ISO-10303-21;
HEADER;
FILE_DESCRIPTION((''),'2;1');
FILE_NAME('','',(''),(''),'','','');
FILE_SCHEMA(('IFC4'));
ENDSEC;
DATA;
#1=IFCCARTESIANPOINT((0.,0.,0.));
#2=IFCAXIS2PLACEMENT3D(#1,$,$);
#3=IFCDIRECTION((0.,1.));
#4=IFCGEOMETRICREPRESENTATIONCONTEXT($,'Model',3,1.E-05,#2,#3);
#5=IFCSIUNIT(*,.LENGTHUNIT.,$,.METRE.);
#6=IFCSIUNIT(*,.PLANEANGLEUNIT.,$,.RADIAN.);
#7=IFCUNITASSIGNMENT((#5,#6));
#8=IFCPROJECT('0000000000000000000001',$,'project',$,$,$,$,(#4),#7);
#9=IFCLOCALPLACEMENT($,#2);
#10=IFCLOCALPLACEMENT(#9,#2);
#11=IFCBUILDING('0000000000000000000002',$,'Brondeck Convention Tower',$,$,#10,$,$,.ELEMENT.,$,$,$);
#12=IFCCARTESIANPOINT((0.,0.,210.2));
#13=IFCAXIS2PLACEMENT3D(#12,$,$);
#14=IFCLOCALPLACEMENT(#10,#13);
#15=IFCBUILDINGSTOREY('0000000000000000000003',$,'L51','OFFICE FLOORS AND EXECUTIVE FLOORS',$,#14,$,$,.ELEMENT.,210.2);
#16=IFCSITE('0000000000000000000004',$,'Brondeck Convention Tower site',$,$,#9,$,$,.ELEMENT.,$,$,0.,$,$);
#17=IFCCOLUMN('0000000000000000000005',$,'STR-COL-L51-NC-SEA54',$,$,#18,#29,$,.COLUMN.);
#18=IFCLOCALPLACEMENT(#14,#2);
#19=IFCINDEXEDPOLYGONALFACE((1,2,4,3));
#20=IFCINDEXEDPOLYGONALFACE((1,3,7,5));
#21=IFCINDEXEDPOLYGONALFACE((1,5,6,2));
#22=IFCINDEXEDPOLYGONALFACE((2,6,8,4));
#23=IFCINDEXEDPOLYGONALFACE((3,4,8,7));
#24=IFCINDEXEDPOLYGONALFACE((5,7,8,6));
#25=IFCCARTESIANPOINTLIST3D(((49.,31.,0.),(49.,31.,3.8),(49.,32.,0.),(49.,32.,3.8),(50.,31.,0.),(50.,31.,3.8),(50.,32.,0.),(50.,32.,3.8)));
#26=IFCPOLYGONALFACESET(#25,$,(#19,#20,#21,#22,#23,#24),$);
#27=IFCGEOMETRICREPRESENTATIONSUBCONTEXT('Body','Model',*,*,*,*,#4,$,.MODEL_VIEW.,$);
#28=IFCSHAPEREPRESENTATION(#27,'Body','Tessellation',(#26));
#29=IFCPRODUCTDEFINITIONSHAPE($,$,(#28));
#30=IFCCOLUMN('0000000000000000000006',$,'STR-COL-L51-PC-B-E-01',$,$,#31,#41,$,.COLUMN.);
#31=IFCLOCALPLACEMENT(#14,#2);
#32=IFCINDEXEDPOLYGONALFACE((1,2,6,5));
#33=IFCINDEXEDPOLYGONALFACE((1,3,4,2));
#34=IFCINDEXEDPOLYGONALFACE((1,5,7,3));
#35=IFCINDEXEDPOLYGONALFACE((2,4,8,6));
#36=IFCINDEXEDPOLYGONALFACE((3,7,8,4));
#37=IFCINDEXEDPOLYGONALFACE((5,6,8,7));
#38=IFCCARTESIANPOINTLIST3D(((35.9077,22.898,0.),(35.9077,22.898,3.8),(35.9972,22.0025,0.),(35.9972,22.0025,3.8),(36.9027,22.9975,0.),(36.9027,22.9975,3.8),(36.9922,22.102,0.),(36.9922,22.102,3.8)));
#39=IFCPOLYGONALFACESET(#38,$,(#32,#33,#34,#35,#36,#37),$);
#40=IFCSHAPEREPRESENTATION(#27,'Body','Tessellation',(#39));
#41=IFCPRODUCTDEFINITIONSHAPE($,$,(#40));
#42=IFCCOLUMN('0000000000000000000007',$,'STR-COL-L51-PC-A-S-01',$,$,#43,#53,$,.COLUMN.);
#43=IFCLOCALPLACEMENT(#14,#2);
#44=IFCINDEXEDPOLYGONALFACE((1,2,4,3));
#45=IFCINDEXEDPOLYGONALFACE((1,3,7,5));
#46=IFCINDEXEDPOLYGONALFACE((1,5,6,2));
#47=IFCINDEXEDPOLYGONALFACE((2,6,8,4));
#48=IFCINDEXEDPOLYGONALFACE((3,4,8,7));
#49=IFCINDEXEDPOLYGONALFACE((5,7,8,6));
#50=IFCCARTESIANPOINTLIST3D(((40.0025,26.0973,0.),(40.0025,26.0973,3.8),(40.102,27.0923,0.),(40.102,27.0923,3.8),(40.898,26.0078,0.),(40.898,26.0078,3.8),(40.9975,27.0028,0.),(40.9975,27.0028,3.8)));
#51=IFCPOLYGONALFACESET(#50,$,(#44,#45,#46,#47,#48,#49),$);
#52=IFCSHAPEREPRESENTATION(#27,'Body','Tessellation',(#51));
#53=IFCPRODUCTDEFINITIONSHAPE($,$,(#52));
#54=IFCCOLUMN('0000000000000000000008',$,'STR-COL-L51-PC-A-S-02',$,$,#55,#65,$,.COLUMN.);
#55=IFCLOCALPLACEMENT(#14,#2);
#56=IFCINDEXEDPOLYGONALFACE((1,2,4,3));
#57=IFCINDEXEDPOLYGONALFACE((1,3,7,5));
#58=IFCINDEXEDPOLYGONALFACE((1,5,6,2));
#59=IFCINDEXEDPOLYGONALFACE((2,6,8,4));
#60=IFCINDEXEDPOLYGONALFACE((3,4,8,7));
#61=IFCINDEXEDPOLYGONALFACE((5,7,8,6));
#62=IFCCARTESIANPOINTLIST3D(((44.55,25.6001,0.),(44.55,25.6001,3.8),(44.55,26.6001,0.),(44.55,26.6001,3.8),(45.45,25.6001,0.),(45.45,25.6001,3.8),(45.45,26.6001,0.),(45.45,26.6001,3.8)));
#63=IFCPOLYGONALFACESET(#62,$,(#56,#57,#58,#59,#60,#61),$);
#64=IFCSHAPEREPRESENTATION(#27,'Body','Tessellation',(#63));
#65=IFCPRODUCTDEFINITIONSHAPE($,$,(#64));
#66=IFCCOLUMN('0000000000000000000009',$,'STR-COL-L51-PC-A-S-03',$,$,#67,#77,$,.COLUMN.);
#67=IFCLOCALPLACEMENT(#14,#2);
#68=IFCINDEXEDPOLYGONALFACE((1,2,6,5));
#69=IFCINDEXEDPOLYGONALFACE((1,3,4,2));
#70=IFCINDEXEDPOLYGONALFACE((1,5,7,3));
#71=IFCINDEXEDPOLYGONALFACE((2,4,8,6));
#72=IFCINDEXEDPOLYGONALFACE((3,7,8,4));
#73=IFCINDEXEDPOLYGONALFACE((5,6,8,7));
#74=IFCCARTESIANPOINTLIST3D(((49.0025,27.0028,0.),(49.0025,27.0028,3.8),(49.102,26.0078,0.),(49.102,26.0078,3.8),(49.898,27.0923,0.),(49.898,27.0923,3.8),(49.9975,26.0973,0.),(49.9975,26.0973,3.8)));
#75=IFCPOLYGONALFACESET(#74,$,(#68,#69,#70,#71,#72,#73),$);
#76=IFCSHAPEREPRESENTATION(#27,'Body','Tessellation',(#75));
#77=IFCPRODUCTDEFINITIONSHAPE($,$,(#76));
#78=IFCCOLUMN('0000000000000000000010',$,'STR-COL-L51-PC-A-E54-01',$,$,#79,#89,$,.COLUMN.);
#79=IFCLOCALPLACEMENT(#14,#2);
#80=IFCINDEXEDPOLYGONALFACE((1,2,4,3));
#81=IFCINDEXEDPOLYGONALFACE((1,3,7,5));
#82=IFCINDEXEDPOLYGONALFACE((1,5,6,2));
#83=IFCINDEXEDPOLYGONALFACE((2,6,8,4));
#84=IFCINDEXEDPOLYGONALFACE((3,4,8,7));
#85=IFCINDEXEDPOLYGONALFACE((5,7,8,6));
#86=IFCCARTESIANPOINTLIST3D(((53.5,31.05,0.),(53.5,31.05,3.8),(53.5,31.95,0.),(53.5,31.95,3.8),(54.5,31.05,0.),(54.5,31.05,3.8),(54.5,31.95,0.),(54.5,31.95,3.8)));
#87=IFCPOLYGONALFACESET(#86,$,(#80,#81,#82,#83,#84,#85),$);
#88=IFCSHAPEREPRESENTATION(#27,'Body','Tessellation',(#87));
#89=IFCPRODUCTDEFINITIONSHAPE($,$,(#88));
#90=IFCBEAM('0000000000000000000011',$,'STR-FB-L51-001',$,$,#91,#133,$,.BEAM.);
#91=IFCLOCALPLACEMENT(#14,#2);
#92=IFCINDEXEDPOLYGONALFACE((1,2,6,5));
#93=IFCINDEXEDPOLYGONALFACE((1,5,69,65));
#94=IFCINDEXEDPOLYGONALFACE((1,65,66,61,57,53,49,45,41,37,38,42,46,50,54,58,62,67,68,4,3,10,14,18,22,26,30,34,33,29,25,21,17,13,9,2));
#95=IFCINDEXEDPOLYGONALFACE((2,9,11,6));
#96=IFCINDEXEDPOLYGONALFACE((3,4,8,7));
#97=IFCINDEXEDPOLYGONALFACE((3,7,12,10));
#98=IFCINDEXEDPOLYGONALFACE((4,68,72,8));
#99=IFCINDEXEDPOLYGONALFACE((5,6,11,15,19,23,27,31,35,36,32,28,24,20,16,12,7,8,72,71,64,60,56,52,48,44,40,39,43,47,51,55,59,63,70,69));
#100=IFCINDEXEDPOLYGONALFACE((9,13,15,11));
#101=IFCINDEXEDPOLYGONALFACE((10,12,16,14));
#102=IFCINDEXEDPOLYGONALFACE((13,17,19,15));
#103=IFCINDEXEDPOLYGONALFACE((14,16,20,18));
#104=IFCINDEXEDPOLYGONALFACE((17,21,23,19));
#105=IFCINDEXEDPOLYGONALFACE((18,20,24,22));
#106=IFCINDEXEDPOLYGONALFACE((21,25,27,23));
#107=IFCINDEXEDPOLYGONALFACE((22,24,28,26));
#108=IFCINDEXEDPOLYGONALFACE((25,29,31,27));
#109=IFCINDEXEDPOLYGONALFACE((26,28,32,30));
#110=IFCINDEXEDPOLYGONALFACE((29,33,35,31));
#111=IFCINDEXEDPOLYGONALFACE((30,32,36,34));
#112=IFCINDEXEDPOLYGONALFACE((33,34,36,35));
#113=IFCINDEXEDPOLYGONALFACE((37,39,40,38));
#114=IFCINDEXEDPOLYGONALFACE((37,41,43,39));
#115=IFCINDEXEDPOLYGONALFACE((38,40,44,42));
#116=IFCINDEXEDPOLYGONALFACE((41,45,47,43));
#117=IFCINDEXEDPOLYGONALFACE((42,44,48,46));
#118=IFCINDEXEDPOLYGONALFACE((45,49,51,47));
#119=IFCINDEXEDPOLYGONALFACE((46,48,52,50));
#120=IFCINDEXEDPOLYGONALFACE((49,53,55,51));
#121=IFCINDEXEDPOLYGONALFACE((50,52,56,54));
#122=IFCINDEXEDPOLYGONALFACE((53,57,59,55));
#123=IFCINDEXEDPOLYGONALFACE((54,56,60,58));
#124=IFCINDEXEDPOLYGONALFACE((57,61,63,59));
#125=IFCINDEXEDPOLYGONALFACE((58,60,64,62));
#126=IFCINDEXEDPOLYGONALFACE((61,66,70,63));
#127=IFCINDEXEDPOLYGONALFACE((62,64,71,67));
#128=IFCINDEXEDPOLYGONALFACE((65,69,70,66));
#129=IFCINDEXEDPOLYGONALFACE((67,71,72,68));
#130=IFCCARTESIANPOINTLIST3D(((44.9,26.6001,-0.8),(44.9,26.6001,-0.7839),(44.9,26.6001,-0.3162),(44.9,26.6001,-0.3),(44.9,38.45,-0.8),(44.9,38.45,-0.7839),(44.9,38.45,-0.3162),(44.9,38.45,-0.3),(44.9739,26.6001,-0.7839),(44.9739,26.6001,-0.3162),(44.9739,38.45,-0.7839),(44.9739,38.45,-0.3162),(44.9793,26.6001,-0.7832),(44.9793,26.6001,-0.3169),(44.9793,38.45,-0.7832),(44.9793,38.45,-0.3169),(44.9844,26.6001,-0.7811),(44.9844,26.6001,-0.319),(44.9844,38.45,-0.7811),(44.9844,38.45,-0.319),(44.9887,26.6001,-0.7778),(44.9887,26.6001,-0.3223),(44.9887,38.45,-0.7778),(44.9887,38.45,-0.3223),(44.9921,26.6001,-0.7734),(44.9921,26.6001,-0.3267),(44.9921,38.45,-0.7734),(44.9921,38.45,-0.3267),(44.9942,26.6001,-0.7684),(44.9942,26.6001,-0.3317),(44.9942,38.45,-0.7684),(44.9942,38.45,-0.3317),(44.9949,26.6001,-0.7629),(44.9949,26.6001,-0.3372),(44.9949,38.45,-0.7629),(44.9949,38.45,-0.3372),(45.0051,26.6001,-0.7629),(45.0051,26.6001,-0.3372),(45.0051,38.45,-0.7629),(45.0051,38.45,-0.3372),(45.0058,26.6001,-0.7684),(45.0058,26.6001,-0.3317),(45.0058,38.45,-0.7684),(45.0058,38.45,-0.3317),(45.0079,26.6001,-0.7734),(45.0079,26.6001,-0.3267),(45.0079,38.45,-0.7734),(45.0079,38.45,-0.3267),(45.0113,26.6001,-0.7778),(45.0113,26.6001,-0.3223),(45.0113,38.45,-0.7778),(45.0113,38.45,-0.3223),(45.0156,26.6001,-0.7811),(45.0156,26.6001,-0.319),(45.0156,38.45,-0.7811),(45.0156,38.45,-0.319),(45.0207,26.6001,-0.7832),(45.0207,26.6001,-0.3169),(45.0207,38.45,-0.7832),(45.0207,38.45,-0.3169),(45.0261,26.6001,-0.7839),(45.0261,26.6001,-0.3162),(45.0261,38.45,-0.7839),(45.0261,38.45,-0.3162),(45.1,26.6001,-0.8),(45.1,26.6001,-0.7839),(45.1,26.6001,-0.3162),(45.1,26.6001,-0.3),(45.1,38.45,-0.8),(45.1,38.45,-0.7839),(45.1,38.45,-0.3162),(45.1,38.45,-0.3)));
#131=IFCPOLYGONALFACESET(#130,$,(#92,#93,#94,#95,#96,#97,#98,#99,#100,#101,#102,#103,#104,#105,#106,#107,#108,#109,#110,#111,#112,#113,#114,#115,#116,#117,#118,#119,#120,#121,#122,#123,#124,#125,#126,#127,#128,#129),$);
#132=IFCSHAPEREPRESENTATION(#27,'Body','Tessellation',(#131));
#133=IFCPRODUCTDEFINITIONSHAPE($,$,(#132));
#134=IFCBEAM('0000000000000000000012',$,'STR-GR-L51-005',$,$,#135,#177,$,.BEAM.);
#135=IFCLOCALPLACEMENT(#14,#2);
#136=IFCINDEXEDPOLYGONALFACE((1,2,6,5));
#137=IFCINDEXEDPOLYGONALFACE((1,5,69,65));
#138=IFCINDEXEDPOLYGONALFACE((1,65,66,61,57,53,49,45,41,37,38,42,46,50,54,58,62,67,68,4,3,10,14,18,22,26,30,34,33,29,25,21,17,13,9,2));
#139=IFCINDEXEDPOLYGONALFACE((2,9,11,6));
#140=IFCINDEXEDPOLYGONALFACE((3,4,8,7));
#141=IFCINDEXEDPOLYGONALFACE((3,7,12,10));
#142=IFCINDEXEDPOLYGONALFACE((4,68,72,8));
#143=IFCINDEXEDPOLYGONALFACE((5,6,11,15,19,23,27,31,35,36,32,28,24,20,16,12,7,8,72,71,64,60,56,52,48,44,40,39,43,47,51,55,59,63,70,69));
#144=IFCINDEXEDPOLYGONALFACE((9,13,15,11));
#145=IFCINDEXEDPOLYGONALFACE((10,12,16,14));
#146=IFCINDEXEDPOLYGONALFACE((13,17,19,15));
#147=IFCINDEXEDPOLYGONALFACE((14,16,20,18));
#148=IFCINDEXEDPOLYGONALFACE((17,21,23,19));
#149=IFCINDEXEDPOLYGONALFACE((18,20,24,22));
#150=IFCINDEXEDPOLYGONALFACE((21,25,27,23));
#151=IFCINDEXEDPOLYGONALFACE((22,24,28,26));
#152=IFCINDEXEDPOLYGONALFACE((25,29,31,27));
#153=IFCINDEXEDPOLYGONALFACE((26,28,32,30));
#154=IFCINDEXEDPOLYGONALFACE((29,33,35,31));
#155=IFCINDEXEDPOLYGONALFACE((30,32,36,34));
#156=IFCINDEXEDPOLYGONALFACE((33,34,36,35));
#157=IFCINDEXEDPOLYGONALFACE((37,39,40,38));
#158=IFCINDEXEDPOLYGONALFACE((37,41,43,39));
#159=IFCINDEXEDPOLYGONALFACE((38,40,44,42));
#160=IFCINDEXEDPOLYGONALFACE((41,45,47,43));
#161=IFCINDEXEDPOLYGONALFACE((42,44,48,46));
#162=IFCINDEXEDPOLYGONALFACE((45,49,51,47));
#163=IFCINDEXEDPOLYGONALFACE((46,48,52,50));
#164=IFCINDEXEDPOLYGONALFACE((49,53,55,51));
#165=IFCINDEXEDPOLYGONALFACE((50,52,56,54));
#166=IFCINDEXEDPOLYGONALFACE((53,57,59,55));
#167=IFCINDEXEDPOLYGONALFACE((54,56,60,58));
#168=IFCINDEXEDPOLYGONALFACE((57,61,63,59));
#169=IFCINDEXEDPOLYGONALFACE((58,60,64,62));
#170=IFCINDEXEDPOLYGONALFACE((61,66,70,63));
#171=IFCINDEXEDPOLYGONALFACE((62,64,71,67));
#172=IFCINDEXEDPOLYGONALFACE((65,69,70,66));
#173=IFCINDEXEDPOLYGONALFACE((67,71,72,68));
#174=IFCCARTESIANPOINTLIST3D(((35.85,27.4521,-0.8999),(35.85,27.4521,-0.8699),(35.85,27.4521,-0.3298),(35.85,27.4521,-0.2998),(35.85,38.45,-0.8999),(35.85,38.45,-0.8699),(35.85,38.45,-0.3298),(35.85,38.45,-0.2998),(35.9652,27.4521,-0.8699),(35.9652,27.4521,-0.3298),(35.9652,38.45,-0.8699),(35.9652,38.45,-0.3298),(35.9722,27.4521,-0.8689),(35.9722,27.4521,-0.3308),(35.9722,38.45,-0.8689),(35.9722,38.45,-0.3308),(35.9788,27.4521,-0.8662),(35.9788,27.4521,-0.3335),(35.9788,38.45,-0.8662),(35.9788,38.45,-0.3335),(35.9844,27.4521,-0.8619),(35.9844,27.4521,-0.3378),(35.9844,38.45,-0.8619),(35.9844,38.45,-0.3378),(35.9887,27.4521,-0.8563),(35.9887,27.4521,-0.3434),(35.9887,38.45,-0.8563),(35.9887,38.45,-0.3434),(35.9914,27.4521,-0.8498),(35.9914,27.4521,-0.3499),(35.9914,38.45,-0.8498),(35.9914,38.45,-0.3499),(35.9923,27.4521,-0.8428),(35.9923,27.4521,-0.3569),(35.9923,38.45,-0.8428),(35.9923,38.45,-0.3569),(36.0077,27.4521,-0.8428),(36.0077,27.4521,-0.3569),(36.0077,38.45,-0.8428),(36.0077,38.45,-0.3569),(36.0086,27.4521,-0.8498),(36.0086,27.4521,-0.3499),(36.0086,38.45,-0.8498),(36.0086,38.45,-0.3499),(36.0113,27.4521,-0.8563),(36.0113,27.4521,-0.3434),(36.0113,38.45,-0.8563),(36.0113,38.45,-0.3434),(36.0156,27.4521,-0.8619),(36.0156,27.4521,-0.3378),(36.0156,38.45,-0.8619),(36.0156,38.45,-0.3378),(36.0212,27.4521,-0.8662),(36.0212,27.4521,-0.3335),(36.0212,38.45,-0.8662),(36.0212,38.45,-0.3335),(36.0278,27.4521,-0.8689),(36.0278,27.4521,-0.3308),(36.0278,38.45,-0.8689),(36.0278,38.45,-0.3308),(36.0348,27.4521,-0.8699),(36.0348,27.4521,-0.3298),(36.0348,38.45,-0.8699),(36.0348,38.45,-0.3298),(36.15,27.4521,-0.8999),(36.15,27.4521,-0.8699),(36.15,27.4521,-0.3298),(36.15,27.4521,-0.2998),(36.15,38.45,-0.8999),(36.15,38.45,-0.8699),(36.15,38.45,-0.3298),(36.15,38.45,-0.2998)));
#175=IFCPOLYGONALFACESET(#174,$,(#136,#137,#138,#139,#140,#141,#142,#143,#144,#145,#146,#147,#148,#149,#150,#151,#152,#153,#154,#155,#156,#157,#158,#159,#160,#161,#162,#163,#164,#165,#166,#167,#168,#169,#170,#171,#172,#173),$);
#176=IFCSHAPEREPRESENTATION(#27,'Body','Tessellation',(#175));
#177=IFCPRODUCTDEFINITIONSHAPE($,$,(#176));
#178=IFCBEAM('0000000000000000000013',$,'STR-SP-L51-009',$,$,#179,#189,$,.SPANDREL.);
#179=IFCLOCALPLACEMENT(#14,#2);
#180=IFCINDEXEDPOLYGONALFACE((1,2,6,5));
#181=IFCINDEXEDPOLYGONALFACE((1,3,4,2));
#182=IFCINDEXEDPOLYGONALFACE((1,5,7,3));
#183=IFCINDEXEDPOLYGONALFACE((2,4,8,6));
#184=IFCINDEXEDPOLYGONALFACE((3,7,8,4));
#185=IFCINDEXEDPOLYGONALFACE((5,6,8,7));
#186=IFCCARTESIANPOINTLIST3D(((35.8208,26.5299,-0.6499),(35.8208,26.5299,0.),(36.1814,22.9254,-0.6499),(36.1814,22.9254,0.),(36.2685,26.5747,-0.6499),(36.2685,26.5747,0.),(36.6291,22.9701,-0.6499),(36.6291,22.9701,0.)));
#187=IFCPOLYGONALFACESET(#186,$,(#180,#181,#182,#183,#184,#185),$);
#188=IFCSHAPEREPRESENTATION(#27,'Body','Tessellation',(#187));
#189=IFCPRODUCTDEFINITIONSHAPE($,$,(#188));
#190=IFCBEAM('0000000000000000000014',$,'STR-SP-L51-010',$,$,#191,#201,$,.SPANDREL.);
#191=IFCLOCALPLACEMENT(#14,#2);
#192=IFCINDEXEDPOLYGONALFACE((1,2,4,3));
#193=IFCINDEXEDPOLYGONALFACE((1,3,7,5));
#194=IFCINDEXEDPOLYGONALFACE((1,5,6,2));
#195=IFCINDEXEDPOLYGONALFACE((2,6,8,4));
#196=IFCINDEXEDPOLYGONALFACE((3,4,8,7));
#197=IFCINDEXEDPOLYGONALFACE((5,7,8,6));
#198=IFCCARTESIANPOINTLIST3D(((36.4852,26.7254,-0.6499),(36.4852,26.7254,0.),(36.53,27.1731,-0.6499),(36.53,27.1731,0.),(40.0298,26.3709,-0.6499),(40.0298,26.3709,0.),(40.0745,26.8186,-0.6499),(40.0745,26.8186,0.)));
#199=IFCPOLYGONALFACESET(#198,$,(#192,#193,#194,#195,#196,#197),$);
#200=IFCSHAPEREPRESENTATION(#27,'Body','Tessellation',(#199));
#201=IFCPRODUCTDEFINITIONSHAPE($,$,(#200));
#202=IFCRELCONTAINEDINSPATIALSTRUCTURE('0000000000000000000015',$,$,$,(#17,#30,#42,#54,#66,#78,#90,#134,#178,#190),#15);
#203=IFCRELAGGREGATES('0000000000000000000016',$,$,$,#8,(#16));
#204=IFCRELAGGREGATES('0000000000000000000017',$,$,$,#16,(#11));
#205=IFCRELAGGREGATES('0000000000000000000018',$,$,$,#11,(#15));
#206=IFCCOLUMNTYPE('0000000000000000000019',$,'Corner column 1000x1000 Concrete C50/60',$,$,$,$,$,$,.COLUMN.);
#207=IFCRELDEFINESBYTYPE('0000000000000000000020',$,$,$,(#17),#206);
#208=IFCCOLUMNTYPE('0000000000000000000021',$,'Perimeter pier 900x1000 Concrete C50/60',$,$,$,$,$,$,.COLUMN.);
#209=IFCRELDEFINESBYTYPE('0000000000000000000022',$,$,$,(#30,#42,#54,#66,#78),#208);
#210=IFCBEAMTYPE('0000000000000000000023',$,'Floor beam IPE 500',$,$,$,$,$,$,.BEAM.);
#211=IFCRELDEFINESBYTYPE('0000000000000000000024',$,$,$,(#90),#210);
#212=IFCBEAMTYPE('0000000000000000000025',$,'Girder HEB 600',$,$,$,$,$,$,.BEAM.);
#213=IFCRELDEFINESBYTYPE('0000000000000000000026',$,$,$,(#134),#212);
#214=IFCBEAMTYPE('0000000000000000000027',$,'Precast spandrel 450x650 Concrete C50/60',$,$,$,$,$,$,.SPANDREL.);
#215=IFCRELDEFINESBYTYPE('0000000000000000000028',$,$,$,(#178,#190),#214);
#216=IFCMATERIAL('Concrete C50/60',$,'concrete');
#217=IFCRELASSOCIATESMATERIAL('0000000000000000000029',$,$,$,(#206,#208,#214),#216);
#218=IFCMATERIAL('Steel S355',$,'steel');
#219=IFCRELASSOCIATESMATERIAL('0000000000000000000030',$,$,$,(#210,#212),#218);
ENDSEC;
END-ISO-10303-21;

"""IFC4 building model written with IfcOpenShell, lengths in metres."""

from ifc_helpers import new_model, si_unit, direction, frame, origin, origin_2d, place, context, subcontext, project, spatial, rectangle, i_section, extrude, material, material_profile, profile_set, type_object, element, save


model = new_model("IFC4")

# Units and contexts
model_context = context("Model", 3, precision=1e-05, world=origin(), true_north=direction((0.0, 1.0)))
body_context = subcontext(model_context, "Body", "Model", "MODEL_VIEW")
ifc_project = project(units=[si_unit("LENGTHUNIT", "METRE"), si_unit("PLANEANGLEUNIT", "RADIAN")], contexts=[model_context])

# Site, building, storey
site_placement = place(None, origin())
site = spatial("IfcSite", under=ifc_project, at=site_placement, Name="Brondeck Convention Tower site", CompositionType="ELEMENT", RefElevation=0.0)
building_placement = place(site_placement, origin())
building = spatial("IfcBuilding", under=site, at=building_placement, Name="Brondeck Convention Tower", CompositionType="ELEMENT")
storey_placement = place(building_placement, frame((0.0, 0.0, 210.2)))
storey = spatial("IfcBuildingStorey", under=building, at=storey_placement, Name="L51", Description="OFFICE FLOORS AND EXECUTIVE FLOORS", CompositionType="ELEMENT", Elevation=210.2)

# Columns
ifc_material_1 = material(Name="Concrete C50/60", Category="concrete")
ifc_material_profile_1 = material_profile(ifc_material_1, rectangle(XDim=1.0, YDim=1.0, at=origin_2d()), Name="Corner column 1000x1000 Concrete C50/60")
ifc_profile_set_1 = profile_set([ifc_material_profile_1], Name="Concrete C50/60")
column_type_1 = type_object("IfcColumnType", Name="Corner column 1000x1000 Concrete C50/60", PredefinedType="COLUMN", material=ifc_profile_set_1)
column_placement = place(storey_placement, frame((49.5, 31.5, 0.0), z_axis=(0.0, 0.0, 1.0), x_axis=(1.0, 0.0, 0.0)))
element("IfcColumn", 1, at=column_placement, inside=storey, type_object=column_type_1, Name="STR-COL-L51-NC-SEA54", PredefinedType="COLUMN", context=body_context, shape_type="SweptSolid", body=[
    extrude(rectangle(XDim=1.0, YDim=1.0, at=origin_2d()), origin(), (0.0, 0.0, 1.0), 3.8),
])
ifc_material_profile_2 = material_profile(ifc_material_1, rectangle(XDim=0.8999, YDim=1.0, at=origin_2d()), Name="Perimeter pier 900x1000 Concrete C50/60")
ifc_profile_set_2 = profile_set([ifc_material_profile_2], Name="Concrete C50/60")
column_type_2 = type_object("IfcColumnType", Name="Perimeter pier 900x1000 Concrete C50/60", PredefinedType="COLUMN", material=ifc_profile_set_2)
for number, where, z_axis, x_axis, name in (
    (2, (36.45, 22.5, 0.0), (0.0, 0.0, 1.0), (-0.099504, 0.995037, 0.0), "STR-COL-L51-PC-B-E-01"),
    (3, (40.5, 26.55, 0.0), (0.0, 0.0, 1.0), (0.995037, -0.099504, 0.0), "STR-COL-L51-PC-A-S-01"),
    (4, (45.0, 26.1001, 0.0), (0.0, 0.0, 1.0), (1.0, 0.0, 0.0), "STR-COL-L51-PC-A-S-02"),
    (5, (49.5, 26.55, 0.0), (0.0, 0.0, 1.0), (0.995037, 0.099504, 0.0), "STR-COL-L51-PC-A-S-03"),
    (6, (54.0, 31.5, 0.0), (0.0, 0.0, 1.0), (0.0, 1.0, 0.0), "STR-COL-L51-PC-A-E54-01"),
):
    element("IfcColumn", number, at=place(storey_placement, frame(where, z_axis=z_axis, x_axis=x_axis)), inside=storey, type_object=column_type_2, Name=name, PredefinedType="COLUMN", context=body_context, shape_type="SweptSolid", body=[
        extrude(rectangle(XDim=0.8999, YDim=1.0, at=origin_2d()), origin(), (0.0, 0.0, 1.0), 3.8),
    ])

# Beams
ifc_material_2 = material(Name="Steel S355", Category="steel")
ifc_material_profile_3 = material_profile(ifc_material_2, i_section(OverallWidth=0.2, OverallDepth=0.5, WebThickness=0.0103, FlangeThickness=0.0161, FilletRadius=0.021, at=origin_2d()), Name="IPE 500")
ifc_profile_set_3 = profile_set([ifc_material_profile_3], Name="Steel S355")
beam_type_1 = type_object("IfcBeamType", Name="Floor beam IPE 500", PredefinedType="BEAM", material=ifc_profile_set_3)
beam_1_placement = place(storey_placement, frame((45.0, 26.6001, -0.55), z_axis=(0.0, 1.0, 0.0), x_axis=(-1.0, 0.0, 0.0)))
element("IfcBeam", 7, at=beam_1_placement, inside=storey, type_object=beam_type_1, Name="STR-FB-L51-001", PredefinedType="BEAM", context=body_context, shape_type="SweptSolid", body=[
    extrude(i_section(OverallWidth=0.2, OverallDepth=0.5, WebThickness=0.0103, FlangeThickness=0.0161, FilletRadius=0.021, at=origin_2d()), origin(), (0.0, 0.0, 1.0), 11.8499),
])
ifc_material_profile_4 = material_profile(ifc_material_2, i_section(OverallWidth=0.3, OverallDepth=0.6001, WebThickness=0.0154, FlangeThickness=0.03, FilletRadius=0.0271, at=origin_2d()), Name="HEB 600")
ifc_profile_set_4 = profile_set([ifc_material_profile_4], Name="Steel S355")
beam_type_2 = type_object("IfcBeamType", Name="Girder HEB 600", PredefinedType="BEAM", material=ifc_profile_set_4)
beam_2_placement = place(storey_placement, frame((36.0, 27.4521, -0.5999), z_axis=(0.0, 1.0, 0.0), x_axis=(-1.0, 0.0, 0.0)))
element("IfcBeam", 8, at=beam_2_placement, inside=storey, type_object=beam_type_2, Name="STR-GR-L51-005", PredefinedType="BEAM", context=body_context, shape_type="SweptSolid", body=[
    extrude(i_section(OverallWidth=0.3, OverallDepth=0.6001, WebThickness=0.0154, FlangeThickness=0.03, FilletRadius=0.0271, at=origin_2d()), origin(), (0.0, 0.0, 1.0), 10.9978),
])
ifc_material_profile_5 = material_profile(ifc_material_1, rectangle(XDim=0.45, YDim=0.6499, at=origin_2d()), Name="Precast spandrel 450x650 Concrete C50/60")
ifc_profile_set_5 = profile_set([ifc_material_profile_5], Name="Concrete C50/60")
beam_type_3 = type_object("IfcBeamType", Name="Precast spandrel 450x650 Concrete C50/60", PredefinedType="SPANDREL", material=ifc_profile_set_5)
beam_3_placement = place(storey_placement, frame((36.4053, 22.9478, -0.325), z_axis=(-0.099544, 0.995033, 0.0), x_axis=(-0.995033, -0.099544, 0.0)))
element("IfcBeam", 9, at=beam_3_placement, inside=storey, type_object=beam_type_3, Name="STR-SP-L51-009", PredefinedType="SPANDREL", context=body_context, shape_type="SweptSolid", body=[
    extrude(rectangle(XDim=0.45, YDim=0.6499, at=origin_2d()), origin(), (0.0, 0.0, 1.0), 3.6226),
])
beam_4_placement = place(storey_placement, frame((36.5076, 26.9492, -0.325), z_axis=(0.995037, -0.099511, 0.0), x_axis=(0.099511, 0.995037, 0.0)))
element("IfcBeam", 10, at=beam_4_placement, inside=storey, type_object=beam_type_3, Name="STR-SP-L51-010", PredefinedType="SPANDREL", context=body_context, shape_type="SweptSolid", body=[
    extrude(rectangle(XDim=0.45, YDim=0.6499, at=origin_2d()), origin(), (0.0, 0.0, 1.0), 3.5623),
])

save(model, "model.ifc")
